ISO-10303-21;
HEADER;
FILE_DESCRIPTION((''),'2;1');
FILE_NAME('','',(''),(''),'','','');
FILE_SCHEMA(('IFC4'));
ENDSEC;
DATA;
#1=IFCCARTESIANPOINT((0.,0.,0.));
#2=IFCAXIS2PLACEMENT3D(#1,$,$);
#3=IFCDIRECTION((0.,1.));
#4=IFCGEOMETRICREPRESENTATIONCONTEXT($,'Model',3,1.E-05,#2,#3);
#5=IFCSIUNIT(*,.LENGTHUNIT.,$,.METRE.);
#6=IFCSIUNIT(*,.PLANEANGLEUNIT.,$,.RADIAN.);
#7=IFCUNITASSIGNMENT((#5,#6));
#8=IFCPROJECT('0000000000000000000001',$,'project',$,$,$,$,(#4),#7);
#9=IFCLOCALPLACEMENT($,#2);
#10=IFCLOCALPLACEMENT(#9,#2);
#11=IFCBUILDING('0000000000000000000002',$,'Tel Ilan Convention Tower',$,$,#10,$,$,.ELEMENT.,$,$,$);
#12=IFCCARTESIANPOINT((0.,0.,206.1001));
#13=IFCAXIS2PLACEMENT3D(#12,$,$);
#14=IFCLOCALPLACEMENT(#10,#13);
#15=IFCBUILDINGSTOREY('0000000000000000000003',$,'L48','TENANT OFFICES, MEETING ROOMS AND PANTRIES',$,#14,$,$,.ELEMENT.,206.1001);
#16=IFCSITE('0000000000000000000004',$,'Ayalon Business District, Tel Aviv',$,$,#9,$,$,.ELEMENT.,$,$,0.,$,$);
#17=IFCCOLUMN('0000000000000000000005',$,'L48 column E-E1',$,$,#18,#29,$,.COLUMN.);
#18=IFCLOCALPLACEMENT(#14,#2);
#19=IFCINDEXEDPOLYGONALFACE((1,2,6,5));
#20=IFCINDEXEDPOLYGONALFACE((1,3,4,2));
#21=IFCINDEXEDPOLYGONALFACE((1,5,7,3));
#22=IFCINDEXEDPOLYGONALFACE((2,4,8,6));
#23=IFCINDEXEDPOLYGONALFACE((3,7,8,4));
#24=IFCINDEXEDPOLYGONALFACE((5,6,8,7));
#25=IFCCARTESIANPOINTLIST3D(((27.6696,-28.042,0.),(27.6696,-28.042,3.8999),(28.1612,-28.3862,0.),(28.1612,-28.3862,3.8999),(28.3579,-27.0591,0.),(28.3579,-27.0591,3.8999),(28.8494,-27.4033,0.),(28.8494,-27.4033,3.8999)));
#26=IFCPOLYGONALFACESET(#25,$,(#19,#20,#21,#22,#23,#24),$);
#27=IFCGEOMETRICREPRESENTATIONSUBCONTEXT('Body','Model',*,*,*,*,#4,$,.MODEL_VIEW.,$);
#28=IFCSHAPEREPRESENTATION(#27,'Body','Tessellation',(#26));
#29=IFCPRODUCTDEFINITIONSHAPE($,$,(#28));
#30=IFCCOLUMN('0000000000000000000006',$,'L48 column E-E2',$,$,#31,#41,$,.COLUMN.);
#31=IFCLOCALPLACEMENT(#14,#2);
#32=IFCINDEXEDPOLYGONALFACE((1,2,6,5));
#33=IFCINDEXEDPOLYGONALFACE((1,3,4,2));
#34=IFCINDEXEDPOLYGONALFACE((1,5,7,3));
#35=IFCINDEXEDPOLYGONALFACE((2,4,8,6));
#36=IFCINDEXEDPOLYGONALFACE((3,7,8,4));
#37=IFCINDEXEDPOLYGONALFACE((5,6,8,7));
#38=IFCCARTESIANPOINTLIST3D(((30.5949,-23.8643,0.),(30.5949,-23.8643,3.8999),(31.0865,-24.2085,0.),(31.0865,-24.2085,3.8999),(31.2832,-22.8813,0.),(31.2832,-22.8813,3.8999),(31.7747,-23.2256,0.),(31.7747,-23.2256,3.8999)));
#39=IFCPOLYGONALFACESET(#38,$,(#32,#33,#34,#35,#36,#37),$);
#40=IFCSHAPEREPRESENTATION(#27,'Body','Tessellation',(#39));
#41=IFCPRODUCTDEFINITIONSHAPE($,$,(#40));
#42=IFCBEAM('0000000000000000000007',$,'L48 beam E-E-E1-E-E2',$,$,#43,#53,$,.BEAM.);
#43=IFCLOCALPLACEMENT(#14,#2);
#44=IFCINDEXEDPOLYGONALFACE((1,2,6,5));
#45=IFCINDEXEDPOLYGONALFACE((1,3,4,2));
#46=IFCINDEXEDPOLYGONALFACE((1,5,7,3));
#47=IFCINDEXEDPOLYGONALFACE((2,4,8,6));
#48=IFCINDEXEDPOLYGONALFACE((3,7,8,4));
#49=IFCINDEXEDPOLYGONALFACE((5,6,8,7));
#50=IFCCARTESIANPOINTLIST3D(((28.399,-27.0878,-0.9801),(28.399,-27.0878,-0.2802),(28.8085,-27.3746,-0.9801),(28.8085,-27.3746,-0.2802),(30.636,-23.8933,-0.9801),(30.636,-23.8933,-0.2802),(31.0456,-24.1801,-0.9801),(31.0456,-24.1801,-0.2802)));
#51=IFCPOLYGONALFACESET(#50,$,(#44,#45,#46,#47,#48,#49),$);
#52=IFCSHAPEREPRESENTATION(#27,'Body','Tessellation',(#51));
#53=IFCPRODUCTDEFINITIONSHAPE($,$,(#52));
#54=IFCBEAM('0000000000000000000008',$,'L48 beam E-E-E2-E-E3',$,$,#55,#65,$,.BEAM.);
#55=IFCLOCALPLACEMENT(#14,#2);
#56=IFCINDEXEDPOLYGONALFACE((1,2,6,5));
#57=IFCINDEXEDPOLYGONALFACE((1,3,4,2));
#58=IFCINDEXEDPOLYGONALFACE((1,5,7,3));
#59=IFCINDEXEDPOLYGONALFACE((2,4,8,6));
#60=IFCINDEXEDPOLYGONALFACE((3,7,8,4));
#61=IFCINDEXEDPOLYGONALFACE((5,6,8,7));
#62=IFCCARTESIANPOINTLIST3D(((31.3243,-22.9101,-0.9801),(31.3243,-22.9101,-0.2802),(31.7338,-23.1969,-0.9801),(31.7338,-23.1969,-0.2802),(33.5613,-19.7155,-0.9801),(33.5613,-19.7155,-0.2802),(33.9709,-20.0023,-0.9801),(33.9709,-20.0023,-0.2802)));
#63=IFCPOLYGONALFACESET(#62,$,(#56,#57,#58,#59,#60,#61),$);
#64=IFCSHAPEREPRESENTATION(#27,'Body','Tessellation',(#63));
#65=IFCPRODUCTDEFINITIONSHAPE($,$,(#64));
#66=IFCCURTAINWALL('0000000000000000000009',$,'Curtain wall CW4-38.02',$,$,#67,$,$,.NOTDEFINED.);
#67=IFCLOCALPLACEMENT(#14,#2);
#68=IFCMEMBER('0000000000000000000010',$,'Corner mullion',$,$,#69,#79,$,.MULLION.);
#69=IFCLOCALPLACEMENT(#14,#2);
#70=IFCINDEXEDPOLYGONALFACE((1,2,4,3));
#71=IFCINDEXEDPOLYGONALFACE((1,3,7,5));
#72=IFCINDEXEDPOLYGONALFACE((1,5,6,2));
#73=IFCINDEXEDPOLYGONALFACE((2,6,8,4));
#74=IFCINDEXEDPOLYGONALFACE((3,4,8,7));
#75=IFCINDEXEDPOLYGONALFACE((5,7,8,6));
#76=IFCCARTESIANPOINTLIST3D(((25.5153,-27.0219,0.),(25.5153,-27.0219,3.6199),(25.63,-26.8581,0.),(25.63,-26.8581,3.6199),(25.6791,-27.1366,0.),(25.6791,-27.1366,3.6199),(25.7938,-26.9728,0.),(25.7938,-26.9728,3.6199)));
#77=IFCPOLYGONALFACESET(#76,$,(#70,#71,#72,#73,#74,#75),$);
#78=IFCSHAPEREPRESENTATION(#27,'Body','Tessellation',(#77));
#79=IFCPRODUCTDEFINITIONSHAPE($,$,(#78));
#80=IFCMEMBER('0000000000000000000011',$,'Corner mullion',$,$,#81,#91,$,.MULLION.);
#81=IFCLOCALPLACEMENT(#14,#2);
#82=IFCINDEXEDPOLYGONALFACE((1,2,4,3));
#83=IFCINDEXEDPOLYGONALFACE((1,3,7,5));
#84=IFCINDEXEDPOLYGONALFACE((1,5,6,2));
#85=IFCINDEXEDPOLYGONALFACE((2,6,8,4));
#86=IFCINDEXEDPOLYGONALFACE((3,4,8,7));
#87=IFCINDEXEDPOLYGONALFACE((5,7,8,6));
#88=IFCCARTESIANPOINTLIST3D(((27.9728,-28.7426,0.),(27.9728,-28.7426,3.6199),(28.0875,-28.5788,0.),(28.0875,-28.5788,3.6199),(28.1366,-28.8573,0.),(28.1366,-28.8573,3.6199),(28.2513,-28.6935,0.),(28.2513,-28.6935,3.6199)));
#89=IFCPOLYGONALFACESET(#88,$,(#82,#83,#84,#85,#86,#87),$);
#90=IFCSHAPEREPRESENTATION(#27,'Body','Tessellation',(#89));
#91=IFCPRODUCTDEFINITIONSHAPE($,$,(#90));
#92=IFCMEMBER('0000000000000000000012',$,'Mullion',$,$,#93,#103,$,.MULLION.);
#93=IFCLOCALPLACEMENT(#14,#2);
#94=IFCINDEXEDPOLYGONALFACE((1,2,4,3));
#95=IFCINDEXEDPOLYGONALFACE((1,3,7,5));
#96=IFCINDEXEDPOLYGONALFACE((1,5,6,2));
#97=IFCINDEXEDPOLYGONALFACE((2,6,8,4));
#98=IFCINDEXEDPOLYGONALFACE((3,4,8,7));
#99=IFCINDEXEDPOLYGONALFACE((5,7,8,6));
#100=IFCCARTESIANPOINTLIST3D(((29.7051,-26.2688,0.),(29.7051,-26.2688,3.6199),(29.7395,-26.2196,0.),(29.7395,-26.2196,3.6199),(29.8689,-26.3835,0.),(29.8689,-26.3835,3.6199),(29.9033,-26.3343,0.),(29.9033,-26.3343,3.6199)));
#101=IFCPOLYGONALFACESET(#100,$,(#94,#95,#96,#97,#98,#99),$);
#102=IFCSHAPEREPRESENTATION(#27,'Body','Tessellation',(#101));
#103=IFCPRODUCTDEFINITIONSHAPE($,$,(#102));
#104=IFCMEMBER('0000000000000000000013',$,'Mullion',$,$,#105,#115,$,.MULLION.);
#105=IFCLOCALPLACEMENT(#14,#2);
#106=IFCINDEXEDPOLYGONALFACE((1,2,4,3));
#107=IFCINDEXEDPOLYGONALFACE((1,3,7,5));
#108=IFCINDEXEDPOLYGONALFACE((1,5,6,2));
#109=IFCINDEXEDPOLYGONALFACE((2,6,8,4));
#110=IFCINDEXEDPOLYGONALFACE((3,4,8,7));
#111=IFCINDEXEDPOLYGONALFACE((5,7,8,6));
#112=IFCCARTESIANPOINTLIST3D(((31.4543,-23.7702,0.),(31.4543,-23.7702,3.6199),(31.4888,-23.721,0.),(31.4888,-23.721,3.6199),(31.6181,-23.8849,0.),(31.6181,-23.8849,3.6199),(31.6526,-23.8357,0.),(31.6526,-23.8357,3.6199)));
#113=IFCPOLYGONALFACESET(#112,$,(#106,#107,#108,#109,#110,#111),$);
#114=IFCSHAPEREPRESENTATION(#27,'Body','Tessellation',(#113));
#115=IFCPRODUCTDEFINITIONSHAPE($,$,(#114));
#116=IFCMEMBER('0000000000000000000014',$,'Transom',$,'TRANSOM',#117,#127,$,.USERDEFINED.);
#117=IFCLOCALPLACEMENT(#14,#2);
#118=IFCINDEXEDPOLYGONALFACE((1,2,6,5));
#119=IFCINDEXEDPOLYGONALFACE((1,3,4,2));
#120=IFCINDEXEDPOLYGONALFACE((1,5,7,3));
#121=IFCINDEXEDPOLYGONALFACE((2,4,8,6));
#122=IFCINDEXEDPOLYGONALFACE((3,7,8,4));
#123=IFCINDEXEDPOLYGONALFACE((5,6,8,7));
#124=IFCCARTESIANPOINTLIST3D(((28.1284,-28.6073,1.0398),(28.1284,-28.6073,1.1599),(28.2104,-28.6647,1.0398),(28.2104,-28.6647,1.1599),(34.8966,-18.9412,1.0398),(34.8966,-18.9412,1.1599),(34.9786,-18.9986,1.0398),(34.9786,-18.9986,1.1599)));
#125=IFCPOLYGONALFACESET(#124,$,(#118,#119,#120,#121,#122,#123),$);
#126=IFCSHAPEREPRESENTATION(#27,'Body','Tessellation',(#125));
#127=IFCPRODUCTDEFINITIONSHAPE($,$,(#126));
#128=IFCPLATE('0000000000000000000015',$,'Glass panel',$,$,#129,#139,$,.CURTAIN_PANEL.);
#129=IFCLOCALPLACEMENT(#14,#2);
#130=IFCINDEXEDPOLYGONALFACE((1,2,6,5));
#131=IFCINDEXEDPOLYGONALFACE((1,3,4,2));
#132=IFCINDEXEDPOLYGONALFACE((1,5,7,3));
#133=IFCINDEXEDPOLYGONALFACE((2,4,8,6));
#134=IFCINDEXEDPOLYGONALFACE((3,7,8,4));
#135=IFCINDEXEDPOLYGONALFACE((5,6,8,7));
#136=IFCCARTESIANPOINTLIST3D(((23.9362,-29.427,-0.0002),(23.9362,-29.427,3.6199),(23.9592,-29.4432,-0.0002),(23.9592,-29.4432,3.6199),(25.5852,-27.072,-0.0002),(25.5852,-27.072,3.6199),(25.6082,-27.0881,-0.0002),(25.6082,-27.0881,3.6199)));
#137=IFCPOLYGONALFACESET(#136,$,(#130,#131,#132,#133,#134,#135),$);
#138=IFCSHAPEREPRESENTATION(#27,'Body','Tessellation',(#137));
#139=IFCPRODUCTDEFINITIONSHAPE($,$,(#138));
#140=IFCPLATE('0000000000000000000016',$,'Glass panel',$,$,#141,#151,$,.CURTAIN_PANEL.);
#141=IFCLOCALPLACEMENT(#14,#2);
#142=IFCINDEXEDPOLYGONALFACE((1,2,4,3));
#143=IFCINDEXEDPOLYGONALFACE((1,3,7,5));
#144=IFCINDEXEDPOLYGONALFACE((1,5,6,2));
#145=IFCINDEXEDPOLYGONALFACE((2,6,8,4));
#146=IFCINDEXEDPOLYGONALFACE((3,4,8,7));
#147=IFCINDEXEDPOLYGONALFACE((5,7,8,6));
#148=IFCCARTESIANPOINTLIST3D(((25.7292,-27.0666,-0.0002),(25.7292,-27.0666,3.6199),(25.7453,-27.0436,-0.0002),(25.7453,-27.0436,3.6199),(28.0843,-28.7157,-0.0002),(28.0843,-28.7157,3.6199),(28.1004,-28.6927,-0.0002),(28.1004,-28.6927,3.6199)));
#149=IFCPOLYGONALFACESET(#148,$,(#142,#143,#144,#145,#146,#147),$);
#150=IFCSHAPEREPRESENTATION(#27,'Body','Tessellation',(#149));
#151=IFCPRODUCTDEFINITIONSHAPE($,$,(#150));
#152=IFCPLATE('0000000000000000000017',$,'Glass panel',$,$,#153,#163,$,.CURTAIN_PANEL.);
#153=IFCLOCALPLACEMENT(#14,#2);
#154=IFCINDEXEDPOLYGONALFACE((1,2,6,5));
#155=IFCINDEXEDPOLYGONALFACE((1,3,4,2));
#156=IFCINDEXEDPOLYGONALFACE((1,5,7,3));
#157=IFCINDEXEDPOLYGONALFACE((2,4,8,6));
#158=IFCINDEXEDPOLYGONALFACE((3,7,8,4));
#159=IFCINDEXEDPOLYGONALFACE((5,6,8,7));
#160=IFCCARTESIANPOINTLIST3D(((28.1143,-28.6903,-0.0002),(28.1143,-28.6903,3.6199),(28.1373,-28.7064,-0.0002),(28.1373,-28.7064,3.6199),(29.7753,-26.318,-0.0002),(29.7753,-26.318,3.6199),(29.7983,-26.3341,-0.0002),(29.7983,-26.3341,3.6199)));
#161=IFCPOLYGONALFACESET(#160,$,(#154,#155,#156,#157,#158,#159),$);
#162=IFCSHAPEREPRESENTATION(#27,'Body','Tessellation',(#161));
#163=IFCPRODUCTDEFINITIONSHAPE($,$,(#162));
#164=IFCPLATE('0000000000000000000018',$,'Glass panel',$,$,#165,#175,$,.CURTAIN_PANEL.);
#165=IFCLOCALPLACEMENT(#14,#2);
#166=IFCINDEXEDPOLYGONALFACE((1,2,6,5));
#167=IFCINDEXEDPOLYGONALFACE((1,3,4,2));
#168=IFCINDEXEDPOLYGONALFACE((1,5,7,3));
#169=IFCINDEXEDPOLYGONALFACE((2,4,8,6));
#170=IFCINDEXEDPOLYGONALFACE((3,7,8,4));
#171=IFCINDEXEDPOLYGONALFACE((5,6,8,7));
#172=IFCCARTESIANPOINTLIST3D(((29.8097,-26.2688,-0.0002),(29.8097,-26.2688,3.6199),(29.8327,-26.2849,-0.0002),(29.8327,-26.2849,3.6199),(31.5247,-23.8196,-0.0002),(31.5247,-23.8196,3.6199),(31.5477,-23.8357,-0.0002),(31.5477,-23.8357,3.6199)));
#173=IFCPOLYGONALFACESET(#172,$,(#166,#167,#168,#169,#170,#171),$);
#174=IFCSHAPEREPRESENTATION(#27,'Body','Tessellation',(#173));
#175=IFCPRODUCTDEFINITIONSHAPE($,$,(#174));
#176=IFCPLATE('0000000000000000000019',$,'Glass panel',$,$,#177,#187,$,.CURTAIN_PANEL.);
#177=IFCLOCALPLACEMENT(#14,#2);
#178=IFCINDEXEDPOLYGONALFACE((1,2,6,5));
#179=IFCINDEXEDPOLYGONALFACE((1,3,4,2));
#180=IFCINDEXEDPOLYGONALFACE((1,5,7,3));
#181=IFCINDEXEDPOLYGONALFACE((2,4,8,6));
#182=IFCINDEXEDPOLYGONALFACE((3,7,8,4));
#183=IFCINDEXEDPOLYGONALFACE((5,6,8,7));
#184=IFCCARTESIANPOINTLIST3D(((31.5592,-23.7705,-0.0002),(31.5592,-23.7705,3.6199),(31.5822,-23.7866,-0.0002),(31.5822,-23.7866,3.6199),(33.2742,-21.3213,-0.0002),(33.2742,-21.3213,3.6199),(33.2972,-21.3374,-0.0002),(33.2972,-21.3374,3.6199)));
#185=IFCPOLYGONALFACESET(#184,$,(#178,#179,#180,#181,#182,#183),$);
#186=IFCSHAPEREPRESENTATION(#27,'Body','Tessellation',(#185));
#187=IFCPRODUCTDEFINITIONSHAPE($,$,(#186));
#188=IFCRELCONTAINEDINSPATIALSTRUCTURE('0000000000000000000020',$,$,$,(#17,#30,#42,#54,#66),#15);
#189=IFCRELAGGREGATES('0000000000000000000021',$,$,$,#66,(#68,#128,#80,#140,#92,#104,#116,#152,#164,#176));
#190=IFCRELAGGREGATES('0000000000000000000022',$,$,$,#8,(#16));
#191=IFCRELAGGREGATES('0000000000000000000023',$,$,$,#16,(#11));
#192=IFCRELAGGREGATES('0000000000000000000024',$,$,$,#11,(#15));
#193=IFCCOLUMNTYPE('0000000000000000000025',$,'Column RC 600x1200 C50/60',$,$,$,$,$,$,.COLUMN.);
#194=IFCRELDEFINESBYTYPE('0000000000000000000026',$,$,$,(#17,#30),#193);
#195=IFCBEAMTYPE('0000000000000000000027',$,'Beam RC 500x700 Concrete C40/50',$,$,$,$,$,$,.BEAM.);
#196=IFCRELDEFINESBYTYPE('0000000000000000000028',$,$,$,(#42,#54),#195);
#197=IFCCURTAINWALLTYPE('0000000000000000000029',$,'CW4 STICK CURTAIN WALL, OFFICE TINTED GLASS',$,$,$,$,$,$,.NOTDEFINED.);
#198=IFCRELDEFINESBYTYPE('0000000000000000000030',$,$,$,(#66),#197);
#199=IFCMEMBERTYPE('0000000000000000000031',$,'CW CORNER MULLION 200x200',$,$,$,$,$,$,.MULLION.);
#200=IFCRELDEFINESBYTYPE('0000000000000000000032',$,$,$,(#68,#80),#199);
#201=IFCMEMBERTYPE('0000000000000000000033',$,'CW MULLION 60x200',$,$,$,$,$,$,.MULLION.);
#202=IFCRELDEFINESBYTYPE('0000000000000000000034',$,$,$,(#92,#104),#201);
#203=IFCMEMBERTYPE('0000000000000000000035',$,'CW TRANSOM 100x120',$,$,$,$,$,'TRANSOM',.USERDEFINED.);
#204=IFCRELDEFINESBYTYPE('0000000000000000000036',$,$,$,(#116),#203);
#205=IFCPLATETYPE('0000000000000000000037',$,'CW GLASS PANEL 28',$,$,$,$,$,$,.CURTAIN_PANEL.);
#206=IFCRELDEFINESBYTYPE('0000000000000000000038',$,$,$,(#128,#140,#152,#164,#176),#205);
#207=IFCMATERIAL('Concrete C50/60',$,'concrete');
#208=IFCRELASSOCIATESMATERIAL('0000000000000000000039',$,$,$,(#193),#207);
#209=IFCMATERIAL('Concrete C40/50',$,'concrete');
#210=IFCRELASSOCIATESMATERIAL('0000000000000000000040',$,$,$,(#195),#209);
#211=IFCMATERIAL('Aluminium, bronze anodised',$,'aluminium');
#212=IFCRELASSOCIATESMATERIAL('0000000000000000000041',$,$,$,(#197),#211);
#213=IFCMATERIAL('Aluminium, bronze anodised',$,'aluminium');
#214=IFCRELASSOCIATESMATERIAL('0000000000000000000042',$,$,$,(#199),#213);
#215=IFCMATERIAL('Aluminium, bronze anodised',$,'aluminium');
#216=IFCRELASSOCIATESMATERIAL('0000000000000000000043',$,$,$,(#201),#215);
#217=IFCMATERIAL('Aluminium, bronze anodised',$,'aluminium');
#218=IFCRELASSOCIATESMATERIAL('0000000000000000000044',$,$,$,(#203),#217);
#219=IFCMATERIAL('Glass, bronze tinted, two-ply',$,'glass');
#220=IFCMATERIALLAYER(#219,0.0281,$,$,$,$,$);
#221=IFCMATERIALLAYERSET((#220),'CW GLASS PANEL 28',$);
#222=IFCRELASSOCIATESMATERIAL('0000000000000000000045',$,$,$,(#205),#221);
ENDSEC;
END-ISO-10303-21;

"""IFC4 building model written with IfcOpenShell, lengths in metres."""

from ifc_helpers import new_model, si_unit, direction, frame, origin, origin_2d, place, context, subcontext, project, spatial, rectangle, extrude, material, layer, layer_set, material_profile, profile_set, type_object, element, aggregate, save


model = new_model("IFC4")

# Units and contexts
model_context = context("Model", 3, precision=1e-05, world=origin(), true_north=direction((0.0, 1.0)))
body_context = subcontext(model_context, "Body", "Model", "MODEL_VIEW")
ifc_project = project(units=[si_unit("LENGTHUNIT", "METRE"), si_unit("PLANEANGLEUNIT", "RADIAN")], contexts=[model_context])

# Site, building, storey
site_placement = place(None, origin())
site = spatial("IfcSite", under=ifc_project, at=site_placement, Name="Ayalon Business District, Tel Aviv", CompositionType="ELEMENT", RefElevation=0.0)
building_placement = place(site_placement, origin())
building = spatial("IfcBuilding", under=site, at=building_placement, Name="Tel Ilan Convention Tower", CompositionType="ELEMENT")
storey_placement = place(building_placement, frame((0.0, 0.0, 206.1001)))
storey = spatial("IfcBuildingStorey", under=building, at=storey_placement, Name="L48", Description="TENANT OFFICES, MEETING ROOMS AND PANTRIES", CompositionType="ELEMENT", Elevation=206.1001)

# Columns
ifc_material_1 = material(Name="Concrete C50/60", Category="concrete")
ifc_material_profile_1 = material_profile(ifc_material_1, rectangle(XDim=1.2, YDim=0.6001, at=origin_2d()), Name="RC 600x1200")
ifc_profile_set_1 = profile_set([ifc_material_profile_1], Name="Concrete C50/60")
column_type = type_object("IfcColumnType", Name="Column RC 600x1200 C50/60", PredefinedType="COLUMN", material=ifc_profile_set_1)
for number, where, z_axis, x_axis, name in (
    (1, (28.2595, -27.7227, 0.0), (0.0, 0.0, 1.0), (0.573576, 0.819152, 0.0), "L48 column E-E1"),
    (2, (31.1848, -23.5449, 0.0), (0.0, 0.0, 1.0), (0.573576, 0.819152, 0.0), "L48 column E-E2"),
):
    element("IfcColumn", number, at=place(storey_placement, frame(where, z_axis=z_axis, x_axis=x_axis)), inside=storey, type_object=column_type, Name=name, PredefinedType="COLUMN", context=body_context, shape_type="SweptSolid", body=[
        extrude(rectangle(XDim=1.2, YDim=0.6001, at=origin_2d()), origin(), (0.0, 0.0, 1.0), 3.8999),
    ])

# Beams
ifc_material_2 = material(Name="Concrete C40/50", Category="concrete")
ifc_material_profile_2 = material_profile(ifc_material_2, rectangle(XDim=0.5, YDim=0.7, at=origin_2d()), Name="RC 500x700")
ifc_profile_set_2 = profile_set([ifc_material_profile_2], Name="Concrete C40/50")
beam_type = type_object("IfcBeamType", Name="Beam RC 500x700 Concrete C40/50", PredefinedType="BEAM", material=ifc_profile_set_2)
for number, where, z_axis, x_axis, name in (
    (3, (28.6038, -27.2312, -0.6301), (0.573609, 0.819129, 0.0), (-0.819129, 0.573609, 0.0), "L48 beam E-E-E1-E-E2"),
    (4, (31.5291, -23.0535, -0.6301), (0.573609, 0.819129, 0.0), (-0.819129, 0.573609, 0.0), "L48 beam E-E-E2-E-E3"),
):
    element("IfcBeam", number, at=place(storey_placement, frame(where, z_axis=z_axis, x_axis=x_axis)), inside=storey, type_object=beam_type, Name=name, PredefinedType="BEAM", context=body_context, shape_type="SweptSolid", body=[
        extrude(rectangle(XDim=0.5, YDim=0.7, at=origin_2d()), origin(), (0.0, 0.0, 1.0), 3.8999),
    ])

# Curtain wall, members, plates
ifc_material_3 = material(Name="Aluminium, bronze anodised", Category="aluminium")
curtain_wall_type = type_object("IfcCurtainWallType", Name="CW4 STICK CURTAIN WALL, OFFICE TINTED GLASS", PredefinedType="NOTDEFINED", material=ifc_material_3)
curtain_wall_placement = place(storey_placement, origin())
curtain_wall = element("IfcCurtainWall", 5, at=curtain_wall_placement, inside=storey, type_object=curtain_wall_type, Name="Curtain wall CW4-38.02", PredefinedType="NOTDEFINED")
ifc_material_4 = material(Name="Aluminium, bronze anodised", Category="aluminium")
ifc_material_profile_3 = material_profile(ifc_material_4, rectangle(XDim=0.2, YDim=0.2, at=origin_2d()), Name="CW CORNER MULLION 200x200")
ifc_profile_set_3 = profile_set([ifc_material_profile_3], Name="Aluminium, bronze anodised")
member_type_1 = type_object("IfcMemberType", Name="CW CORNER MULLION 200x200", PredefinedType="MULLION", material=ifc_profile_set_3)
member_1_placement = place(storey_placement, frame((25.6545, -26.9973, 0.0), z_axis=(0.0, 0.0, 1.0), x_axis=(0.573576, 0.819152, 0.0)))
member_1 = element("IfcMember", 6, at=member_1_placement, type_object=member_type_1, Name="Corner mullion", PredefinedType="MULLION", context=body_context, shape_type="SweptSolid", body=[
    extrude(rectangle(XDim=0.2, YDim=0.2, at=origin_2d()), origin(), (0.0, 0.0, 1.0), 3.6199),
])
member_2_placement = place(storey_placement, frame((28.1121, -28.718, 0.0), z_axis=(0.0, 0.0, 1.0), x_axis=(0.819152, -0.573576, 0.0)))
member_2 = element("IfcMember", 7, at=member_2_placement, type_object=member_type_1, Name="Corner mullion", PredefinedType="MULLION", context=body_context, shape_type="SweptSolid", body=[
    extrude(rectangle(XDim=0.2, YDim=0.2, at=origin_2d()), origin(), (0.0, 0.0, 1.0), 3.6199),
])
ifc_material_5 = material(Name="Aluminium, bronze anodised", Category="aluminium")
ifc_material_profile_4 = material_profile(ifc_material_5, rectangle(XDim=0.0601, YDim=0.2, at=origin_2d()), Name="CW MULLION 60x200")
ifc_profile_set_4 = profile_set([ifc_material_profile_4], Name="Aluminium, bronze anodised")
member_type_2 = type_object("IfcMemberType", Name="CW MULLION 60x200", PredefinedType="MULLION", material=ifc_profile_set_4)
member_3_placement = place(storey_placement, frame((29.8042, -26.3015, 0.0), z_axis=(0.0, 0.0, 1.0), x_axis=(0.573576, 0.819152, 0.0)))
member_3 = element("IfcMember", 8, at=member_3_placement, type_object=member_type_2, Name="Mullion", PredefinedType="MULLION", context=body_context, shape_type="SweptSolid", body=[
    extrude(rectangle(XDim=0.0601, YDim=0.2, at=origin_2d()), origin(), (0.0, 0.0, 1.0), 3.6199),
])
member_4_placement = place(storey_placement, frame((31.5535, -23.803, 0.0), z_axis=(0.0, 0.0, 1.0), x_axis=(0.573576, 0.819152, 0.0)))
member_4 = element("IfcMember", 9, at=member_4_placement, type_object=member_type_2, Name="Mullion", PredefinedType="MULLION", context=body_context, shape_type="SweptSolid", body=[
    extrude(rectangle(XDim=0.0601, YDim=0.2, at=origin_2d()), origin(), (0.0, 0.0, 1.0), 3.6199),
])
ifc_material_6 = material(Name="Aluminium, bronze anodised", Category="aluminium")
ifc_material_profile_5 = material_profile(ifc_material_6, rectangle(XDim=0.1001, YDim=0.1201, at=origin_2d()), Name="CW TRANSOM 100x120")
ifc_profile_set_5 = profile_set([ifc_material_profile_5], Name="Aluminium, bronze anodised")
member_type_3 = type_object("IfcMemberType", Name="CW TRANSOM 100x120", ElementType="TRANSOM", PredefinedType="USERDEFINED", material=ifc_profile_set_5)
member_5_placement = place(storey_placement, frame((28.1694, -28.636, 1.0999), z_axis=(0.573568, 0.819158, 0.0), x_axis=(-0.819158, 0.573568, 0.0)))
member_5 = element("IfcMember", 10, at=member_5_placement, type_object=member_type_3, Name="Transom", ObjectType="TRANSOM", PredefinedType="USERDEFINED", context=body_context, shape_type="SweptSolid", body=[
    extrude(rectangle(XDim=0.1001, YDim=0.1201, at=origin_2d()), origin(), (0.0, 0.0, 1.0), 11.8),
])
ifc_material_7 = material(Name="Glass, bronze tinted, two-ply", Category="glass")
ifc_layer_1 = layer(ifc_material_7, 0.0281)
ifc_layer_set_1 = layer_set([ifc_layer_1], Name="CW GLASS PANEL 28")
plate_type = type_object("IfcPlateType", Name="CW GLASS PANEL 28", PredefinedType="CURTAIN_PANEL", material=ifc_layer_set_1)
plate_1_placement = place(storey_placement, frame((24.7722, -28.2576, -0.0002), z_axis=(0.0, 0.0, 1.0), x_axis=(0.573576, 0.819152, 0.0)))
plate_1 = element("IfcPlate", 11, at=plate_1_placement, type_object=plate_type, Name="Glass panel", PredefinedType="CURTAIN_PANEL", context=body_context, shape_type="SweptSolid", body=[
    extrude(rectangle(XDim=2.875, YDim=0.0281, at=origin_2d()), origin(), (0.0, 0.0, 1.0), 3.6201),
])
plate_2_placement = place(storey_placement, frame((26.9148, -27.8796, -0.0002), z_axis=(0.0, 0.0, 1.0), x_axis=(0.819152, -0.573576, 0.0)))
plate_2 = element("IfcPlate", 12, at=plate_2_placement, type_object=plate_type, Name="Glass panel", PredefinedType="CURTAIN_PANEL", context=body_context, shape_type="SweptSolid", body=[
    extrude(rectangle(XDim=2.875, YDim=0.0281, at=origin_2d()), origin(), (0.0, 0.0, 1.0), 3.6201),
])
plate_3_placement = place(storey_placement, frame((28.9563, -27.5122, -0.0002), z_axis=(0.0, 0.0, 1.0), x_axis=(0.573576, 0.819152, 0.0)))
plate_3 = element("IfcPlate", 13, at=plate_3_placement, type_object=plate_type, Name="Glass panel", PredefinedType="CURTAIN_PANEL", context=body_context, shape_type="SweptSolid", body=[
    extrude(rectangle(XDim=2.896, YDim=0.0281, at=origin_2d()), origin(), (0.0, 0.0, 1.0), 3.6201),
])
plate_4_placement = place(storey_placement, frame((30.6787, -25.0522, -0.0002), z_axis=(0.0, 0.0, 1.0), x_axis=(0.573576, 0.819152, 0.0)))
plate_4 = element("IfcPlate", 14, at=plate_4_placement, type_object=plate_type, Name="Glass panel", PredefinedType="CURTAIN_PANEL", context=body_context, shape_type="SweptSolid", body=[
    extrude(rectangle(XDim=2.99, YDim=0.0281, at=origin_2d()), origin(), (0.0, 0.0, 1.0), 3.6201),
])
plate_5_placement = place(storey_placement, frame((32.4282, -22.554, -0.0002), z_axis=(0.0, 0.0, 1.0), x_axis=(0.573576, 0.819152, 0.0)))
plate_5 = element("IfcPlate", 15, at=plate_5_placement, type_object=plate_type, Name="Glass panel", PredefinedType="CURTAIN_PANEL", context=body_context, shape_type="SweptSolid", body=[
    extrude(rectangle(XDim=2.99, YDim=0.0281, at=origin_2d()), origin(), (0.0, 0.0, 1.0), 3.6201),
])
aggregate(curtain_wall, [member_1, plate_1, member_2, plate_2, member_3, member_4, member_5, plate_3, plate_4, plate_5])

save(model, "model.ifc")
